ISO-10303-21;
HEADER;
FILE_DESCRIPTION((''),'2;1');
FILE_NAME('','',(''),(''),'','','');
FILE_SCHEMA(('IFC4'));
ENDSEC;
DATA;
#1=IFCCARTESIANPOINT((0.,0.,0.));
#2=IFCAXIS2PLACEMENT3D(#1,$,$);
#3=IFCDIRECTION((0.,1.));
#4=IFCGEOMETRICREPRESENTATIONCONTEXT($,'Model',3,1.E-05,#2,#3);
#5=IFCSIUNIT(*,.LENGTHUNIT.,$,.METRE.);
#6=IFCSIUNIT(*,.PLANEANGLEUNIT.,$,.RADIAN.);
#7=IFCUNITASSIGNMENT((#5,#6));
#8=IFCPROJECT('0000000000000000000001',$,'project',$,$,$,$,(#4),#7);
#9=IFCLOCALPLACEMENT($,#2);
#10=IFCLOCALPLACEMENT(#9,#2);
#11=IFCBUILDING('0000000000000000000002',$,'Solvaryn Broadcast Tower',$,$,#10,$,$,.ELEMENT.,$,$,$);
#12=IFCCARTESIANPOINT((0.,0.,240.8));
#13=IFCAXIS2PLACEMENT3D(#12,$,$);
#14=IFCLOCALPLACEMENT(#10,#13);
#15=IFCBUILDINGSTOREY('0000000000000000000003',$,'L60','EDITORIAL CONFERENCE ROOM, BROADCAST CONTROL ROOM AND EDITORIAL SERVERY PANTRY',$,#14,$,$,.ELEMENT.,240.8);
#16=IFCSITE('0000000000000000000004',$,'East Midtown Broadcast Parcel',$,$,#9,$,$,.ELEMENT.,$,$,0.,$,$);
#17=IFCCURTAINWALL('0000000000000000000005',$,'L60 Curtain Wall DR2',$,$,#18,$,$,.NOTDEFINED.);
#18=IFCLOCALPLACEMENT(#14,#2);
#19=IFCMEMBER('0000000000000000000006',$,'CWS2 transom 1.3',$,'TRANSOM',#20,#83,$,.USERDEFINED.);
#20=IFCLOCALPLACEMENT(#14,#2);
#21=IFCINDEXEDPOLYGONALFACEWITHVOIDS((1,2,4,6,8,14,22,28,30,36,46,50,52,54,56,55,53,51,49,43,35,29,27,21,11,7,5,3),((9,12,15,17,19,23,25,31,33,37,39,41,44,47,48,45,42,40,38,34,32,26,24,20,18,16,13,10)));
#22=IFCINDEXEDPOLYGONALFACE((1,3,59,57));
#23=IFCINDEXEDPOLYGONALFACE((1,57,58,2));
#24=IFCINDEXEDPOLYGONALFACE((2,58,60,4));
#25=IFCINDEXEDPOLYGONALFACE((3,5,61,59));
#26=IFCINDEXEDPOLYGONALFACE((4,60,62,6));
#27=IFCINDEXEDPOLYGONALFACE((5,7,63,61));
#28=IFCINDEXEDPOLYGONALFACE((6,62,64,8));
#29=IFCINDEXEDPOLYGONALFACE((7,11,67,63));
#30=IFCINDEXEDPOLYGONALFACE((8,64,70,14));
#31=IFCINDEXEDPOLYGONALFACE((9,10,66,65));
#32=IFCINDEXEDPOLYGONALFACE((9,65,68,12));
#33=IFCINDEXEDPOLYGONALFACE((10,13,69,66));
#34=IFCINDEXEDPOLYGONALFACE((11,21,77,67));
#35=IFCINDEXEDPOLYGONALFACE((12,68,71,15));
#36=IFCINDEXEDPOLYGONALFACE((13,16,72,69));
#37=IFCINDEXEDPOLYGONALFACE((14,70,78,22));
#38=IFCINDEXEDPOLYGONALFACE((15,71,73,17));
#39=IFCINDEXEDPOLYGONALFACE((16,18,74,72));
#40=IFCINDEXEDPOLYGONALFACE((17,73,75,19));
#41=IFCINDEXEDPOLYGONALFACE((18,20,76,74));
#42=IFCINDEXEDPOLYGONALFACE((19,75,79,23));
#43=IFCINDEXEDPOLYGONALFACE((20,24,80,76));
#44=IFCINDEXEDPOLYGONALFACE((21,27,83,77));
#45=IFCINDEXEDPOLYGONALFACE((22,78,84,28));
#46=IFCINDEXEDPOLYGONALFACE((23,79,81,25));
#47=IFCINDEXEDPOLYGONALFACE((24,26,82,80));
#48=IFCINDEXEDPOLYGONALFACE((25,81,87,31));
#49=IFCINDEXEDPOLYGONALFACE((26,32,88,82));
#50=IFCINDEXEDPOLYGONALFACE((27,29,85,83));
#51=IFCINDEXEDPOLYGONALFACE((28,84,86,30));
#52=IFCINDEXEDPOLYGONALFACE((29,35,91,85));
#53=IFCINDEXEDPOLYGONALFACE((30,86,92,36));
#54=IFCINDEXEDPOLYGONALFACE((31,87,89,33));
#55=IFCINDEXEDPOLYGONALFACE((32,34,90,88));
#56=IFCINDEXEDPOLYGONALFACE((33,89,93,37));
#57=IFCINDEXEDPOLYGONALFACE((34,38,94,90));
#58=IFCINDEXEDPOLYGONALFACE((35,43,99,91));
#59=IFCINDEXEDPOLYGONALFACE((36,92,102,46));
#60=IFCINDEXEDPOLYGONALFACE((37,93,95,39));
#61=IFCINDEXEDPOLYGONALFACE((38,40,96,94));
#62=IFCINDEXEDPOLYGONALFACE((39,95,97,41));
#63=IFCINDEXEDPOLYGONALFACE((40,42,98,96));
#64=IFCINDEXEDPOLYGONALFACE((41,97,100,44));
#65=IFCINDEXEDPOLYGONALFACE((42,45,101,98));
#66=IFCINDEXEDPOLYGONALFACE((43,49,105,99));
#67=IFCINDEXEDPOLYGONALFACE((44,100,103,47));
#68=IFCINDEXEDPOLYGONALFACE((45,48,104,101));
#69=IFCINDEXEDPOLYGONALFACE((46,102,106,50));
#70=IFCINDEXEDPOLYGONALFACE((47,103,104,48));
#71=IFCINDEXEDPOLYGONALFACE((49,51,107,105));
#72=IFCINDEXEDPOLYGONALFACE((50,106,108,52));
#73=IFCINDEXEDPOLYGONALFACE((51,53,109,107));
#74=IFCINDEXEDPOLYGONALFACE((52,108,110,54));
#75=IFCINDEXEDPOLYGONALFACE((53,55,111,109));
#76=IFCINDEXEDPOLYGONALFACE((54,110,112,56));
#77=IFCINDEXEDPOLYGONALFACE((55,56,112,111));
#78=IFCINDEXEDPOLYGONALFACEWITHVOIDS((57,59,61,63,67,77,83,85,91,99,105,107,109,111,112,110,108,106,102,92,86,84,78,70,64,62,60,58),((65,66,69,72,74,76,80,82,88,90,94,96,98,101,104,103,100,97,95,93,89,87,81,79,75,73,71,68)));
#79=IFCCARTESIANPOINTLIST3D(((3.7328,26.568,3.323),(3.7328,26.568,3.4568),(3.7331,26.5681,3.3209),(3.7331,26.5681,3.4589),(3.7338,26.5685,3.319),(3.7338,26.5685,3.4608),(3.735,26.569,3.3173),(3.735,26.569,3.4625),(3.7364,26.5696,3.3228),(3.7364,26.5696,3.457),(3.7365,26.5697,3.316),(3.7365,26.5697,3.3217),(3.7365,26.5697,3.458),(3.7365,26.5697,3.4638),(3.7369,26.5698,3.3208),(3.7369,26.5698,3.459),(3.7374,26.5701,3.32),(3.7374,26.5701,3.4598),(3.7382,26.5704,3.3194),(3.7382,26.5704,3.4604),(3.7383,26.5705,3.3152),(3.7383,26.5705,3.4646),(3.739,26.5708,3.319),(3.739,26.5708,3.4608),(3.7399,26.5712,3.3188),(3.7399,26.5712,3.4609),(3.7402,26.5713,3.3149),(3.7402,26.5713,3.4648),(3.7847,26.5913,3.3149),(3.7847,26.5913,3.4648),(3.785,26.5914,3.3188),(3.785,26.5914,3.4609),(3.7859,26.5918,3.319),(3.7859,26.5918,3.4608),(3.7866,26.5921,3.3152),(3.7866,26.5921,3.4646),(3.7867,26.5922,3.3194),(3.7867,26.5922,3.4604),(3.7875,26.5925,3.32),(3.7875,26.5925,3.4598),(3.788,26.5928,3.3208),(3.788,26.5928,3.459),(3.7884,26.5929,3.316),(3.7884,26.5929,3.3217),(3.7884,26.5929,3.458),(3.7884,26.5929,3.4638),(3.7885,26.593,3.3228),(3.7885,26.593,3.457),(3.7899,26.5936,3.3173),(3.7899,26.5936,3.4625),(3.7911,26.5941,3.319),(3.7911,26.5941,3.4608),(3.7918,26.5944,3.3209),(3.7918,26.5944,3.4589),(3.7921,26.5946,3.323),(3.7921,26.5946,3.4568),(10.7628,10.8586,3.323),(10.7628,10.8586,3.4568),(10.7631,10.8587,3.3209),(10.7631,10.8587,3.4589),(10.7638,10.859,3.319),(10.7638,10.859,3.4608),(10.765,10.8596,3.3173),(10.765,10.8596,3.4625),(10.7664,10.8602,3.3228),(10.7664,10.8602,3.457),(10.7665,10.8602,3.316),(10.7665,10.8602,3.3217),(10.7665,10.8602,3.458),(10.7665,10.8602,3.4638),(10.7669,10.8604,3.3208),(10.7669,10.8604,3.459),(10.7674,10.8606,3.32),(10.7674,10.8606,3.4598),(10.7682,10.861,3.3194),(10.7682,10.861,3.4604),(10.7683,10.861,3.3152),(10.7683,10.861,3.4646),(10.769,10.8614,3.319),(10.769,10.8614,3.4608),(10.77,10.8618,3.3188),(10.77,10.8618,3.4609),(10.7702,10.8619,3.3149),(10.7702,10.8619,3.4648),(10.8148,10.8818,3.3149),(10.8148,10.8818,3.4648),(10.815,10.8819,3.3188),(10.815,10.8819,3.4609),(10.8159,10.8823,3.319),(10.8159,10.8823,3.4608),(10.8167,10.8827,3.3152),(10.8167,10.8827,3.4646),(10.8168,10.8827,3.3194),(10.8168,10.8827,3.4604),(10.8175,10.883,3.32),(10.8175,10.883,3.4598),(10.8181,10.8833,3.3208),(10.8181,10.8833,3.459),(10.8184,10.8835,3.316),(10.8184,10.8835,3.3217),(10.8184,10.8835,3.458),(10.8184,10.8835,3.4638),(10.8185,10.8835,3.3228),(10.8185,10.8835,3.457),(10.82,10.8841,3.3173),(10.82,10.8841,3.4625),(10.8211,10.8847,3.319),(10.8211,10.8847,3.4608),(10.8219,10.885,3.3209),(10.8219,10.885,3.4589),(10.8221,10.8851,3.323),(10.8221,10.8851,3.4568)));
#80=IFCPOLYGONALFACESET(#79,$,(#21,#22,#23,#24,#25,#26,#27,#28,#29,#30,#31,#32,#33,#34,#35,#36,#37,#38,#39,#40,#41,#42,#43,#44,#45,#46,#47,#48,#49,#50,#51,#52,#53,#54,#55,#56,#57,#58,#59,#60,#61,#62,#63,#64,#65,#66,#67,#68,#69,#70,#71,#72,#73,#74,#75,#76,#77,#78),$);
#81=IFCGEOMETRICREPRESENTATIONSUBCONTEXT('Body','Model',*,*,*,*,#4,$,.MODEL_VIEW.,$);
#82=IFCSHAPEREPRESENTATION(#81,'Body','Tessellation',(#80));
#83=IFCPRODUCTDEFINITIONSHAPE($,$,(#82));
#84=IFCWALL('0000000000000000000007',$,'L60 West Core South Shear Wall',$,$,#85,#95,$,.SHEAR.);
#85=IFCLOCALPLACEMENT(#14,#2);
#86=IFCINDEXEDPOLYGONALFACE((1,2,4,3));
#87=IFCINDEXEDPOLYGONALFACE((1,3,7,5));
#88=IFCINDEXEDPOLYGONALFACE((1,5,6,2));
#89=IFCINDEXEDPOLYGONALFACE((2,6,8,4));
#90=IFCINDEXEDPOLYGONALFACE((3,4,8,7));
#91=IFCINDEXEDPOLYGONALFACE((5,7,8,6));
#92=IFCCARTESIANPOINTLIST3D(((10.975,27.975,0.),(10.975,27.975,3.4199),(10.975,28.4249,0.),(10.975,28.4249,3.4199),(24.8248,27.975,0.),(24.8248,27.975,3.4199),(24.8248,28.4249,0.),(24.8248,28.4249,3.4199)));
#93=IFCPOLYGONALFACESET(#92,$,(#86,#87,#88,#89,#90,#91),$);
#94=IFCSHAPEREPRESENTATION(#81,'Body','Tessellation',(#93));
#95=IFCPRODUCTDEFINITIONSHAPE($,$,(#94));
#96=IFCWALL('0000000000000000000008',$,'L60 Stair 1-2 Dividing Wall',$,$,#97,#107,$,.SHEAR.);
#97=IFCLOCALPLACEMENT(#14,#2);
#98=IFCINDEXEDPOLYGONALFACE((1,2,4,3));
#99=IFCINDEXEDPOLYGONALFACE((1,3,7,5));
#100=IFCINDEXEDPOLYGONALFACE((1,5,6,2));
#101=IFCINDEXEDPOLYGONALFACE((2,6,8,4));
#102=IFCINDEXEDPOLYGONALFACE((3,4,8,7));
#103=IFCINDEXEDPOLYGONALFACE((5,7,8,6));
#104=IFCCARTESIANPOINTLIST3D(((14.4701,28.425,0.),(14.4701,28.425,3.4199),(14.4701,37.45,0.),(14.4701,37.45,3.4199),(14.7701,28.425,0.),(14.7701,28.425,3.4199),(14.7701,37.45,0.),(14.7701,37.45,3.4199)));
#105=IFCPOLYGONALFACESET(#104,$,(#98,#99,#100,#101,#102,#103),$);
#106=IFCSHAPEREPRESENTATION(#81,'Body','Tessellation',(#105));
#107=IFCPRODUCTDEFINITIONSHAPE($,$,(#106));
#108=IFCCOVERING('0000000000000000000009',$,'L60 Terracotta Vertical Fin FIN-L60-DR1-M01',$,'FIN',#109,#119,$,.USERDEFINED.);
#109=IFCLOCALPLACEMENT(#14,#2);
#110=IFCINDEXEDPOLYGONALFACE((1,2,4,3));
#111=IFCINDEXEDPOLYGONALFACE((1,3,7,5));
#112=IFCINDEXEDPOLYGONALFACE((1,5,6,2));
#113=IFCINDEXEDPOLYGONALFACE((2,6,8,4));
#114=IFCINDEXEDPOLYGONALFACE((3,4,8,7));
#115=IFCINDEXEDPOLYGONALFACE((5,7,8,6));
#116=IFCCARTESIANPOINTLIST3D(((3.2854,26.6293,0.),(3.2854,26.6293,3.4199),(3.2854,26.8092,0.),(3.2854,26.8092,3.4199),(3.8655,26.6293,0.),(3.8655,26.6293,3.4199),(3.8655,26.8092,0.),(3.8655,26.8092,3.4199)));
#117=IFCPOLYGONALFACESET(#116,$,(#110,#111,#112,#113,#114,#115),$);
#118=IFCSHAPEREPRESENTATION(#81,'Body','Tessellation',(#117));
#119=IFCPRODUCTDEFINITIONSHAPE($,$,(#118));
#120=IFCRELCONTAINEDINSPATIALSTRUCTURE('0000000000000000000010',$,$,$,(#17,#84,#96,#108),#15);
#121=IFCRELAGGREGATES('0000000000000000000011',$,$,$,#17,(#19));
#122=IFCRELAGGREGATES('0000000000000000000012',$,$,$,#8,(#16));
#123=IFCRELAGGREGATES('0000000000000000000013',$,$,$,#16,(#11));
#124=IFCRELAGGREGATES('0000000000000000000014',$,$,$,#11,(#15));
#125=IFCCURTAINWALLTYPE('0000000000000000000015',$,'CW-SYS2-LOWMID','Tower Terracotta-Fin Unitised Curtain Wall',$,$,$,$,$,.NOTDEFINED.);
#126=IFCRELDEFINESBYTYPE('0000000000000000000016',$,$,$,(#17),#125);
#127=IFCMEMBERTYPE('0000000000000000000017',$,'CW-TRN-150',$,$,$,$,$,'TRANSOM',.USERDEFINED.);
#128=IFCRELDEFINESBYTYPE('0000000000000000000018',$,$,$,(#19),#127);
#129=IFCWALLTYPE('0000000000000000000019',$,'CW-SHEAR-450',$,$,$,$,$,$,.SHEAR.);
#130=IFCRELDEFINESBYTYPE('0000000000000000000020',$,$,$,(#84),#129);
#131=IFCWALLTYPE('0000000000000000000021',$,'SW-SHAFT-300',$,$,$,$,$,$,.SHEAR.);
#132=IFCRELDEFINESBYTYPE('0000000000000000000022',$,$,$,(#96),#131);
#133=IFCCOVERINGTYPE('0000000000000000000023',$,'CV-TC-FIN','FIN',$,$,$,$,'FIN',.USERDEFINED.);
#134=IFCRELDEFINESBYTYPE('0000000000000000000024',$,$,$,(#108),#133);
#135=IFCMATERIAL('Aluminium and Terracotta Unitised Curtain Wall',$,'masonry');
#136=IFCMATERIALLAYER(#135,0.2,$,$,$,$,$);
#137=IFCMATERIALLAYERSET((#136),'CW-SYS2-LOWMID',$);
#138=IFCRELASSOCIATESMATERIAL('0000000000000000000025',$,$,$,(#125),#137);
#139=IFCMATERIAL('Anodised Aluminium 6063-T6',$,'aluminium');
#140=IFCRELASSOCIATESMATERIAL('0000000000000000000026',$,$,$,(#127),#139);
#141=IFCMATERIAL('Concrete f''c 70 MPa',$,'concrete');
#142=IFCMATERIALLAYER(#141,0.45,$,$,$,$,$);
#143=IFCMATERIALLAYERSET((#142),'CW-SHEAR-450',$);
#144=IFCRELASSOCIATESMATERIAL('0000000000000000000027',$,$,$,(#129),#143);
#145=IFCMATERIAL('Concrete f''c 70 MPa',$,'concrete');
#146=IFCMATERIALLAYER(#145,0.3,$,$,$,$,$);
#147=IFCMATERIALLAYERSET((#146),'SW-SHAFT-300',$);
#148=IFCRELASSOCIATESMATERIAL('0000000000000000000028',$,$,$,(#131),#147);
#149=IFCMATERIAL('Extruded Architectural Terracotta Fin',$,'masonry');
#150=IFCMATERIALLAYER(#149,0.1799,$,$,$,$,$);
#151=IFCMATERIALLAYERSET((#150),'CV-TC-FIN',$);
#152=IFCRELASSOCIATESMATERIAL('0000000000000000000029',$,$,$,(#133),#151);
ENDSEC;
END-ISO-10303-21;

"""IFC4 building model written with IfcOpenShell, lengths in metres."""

from ifc_helpers import new_model, si_unit, direction, frame, frame_2d, origin, origin_2d, place, context, subcontext, project, spatial, rectangle, hollow_rectangle, extrude, material, layer, layer_set, material_profile, profile_set, type_object, element, aggregate, save


model = new_model("IFC4")

# Units and contexts
model_context = context("Model", 3, precision=1e-05, world=origin(), true_north=direction((0.0, 1.0)))
body_context = subcontext(model_context, "Body", "Model", "MODEL_VIEW")
ifc_project = project(units=[si_unit("LENGTHUNIT", "METRE"), si_unit("PLANEANGLEUNIT", "RADIAN")], contexts=[model_context])

# Site, building, storey
site_placement = place(None, origin())
site = spatial("IfcSite", under=ifc_project, at=site_placement, Name="East Midtown Broadcast Parcel", CompositionType="ELEMENT", RefElevation=0.0)
building_placement = place(site_placement, origin())
building = spatial("IfcBuilding", under=site, at=building_placement, Name="Solvaryn Broadcast Tower", CompositionType="ELEMENT")
storey_placement = place(building_placement, frame((0.0, 0.0, 240.8)))
storey = spatial("IfcBuildingStorey", under=building, at=storey_placement, Name="L60", Description="EDITORIAL CONFERENCE ROOM, BROADCAST CONTROL ROOM AND EDITORIAL SERVERY PANTRY", CompositionType="ELEMENT", Elevation=240.8)

# Shared definitions
ifc_material_1 = material(Name="Aluminium and Terracotta Unitised Curtain Wall", Category="masonry")
ifc_layer_1 = layer(ifc_material_1, 0.2)
ifc_layer_set_1 = layer_set([ifc_layer_1], Name="CW-SYS2-LOWMID")
curtain_wall_type = type_object("IfcCurtainWallType", Name="CW-SYS2-LOWMID", Description="Tower Terracotta-Fin Unitised Curtain Wall", PredefinedType="NOTDEFINED", material=ifc_layer_set_1)

# Curtain wall, member
curtain_wall_1_placement = place(storey_placement, origin())
curtain_wall_1 = element("IfcCurtainWall", 1, at=curtain_wall_1_placement, inside=storey, type_object=curtain_wall_type, Name="L60 Curtain Wall DR2", PredefinedType="NOTDEFINED")
ifc_material_2 = material(Name="Anodised Aluminium 6063-T6", Category="aluminium")
ifc_material_profile_1 = material_profile(ifc_material_2, hollow_rectangle(XDim=0.0649, YDim=0.1499, WallThickness=0.0039, InnerFilletRadius=0.0039, OuterFilletRadius=0.0081, at=origin_2d()))
ifc_profile_set_1 = profile_set([ifc_material_profile_1], Name="Anodised Aluminium 6063-T6")
member_type_1 = type_object("IfcMemberType", Name="CW-TRN-150", ElementType="TRANSOM", PredefinedType="USERDEFINED", material=ifc_profile_set_1)
member_1_placement = place(storey_placement, frame((3.7625, 26.5813, 3.3899), z_axis=(0.408468, -0.912773, 0.0), x_axis=(0.912773, 0.408468, 0.0)))
member_1 = element("IfcMember", 2, at=member_1_placement, type_object=member_type_1, Name="CWS2 transom 1.3", ObjectType="TRANSOM", PredefinedType="USERDEFINED", context=body_context, shape_type="SweptSolid", body=[
    extrude(hollow_rectangle(XDim=0.0649, YDim=0.1499, WallThickness=0.0039, InnerFilletRadius=0.0039, OuterFilletRadius=0.0081, at=origin_2d()), origin(), (0.0, 0.0, 1.0), 17.2107),
])
aggregate(curtain_wall_1, [member_1])

# Wall
ifc_material_3 = material(Name="Concrete f'c 70 MPa", Category="concrete")
ifc_layer_2 = layer(ifc_material_3, 0.45)
ifc_layer_set_2 = layer_set([ifc_layer_2], Name="CW-SHEAR-450")
wall_type_1 = type_object("IfcWallType", Name="CW-SHEAR-450", PredefinedType="SHEAR", material=ifc_layer_set_2)
wall_1_placement = place(storey_placement, frame((10.9751, 28.2, 0.0), z_axis=(0.0, 0.0, 1.0), x_axis=(1.0, 0.0, 0.0)))
element("IfcWall", 3, at=wall_1_placement, inside=storey, type_object=wall_type_1, Name="L60 West Core South Shear Wall", PredefinedType="SHEAR", context=body_context, shape_type="SweptSolid", body=[
    extrude(rectangle(XDim=13.8499, YDim=0.45, at=frame_2d((6.9248, 0.0))), origin(), (0.0, 0.0, 1.0), 3.4199),
])

# Wall
ifc_material_4 = material(Name="Concrete f'c 70 MPa", Category="concrete")
ifc_layer_3 = layer(ifc_material_4, 0.3)
ifc_layer_set_3 = layer_set([ifc_layer_3], Name="SW-SHAFT-300")
wall_type_2 = type_object("IfcWallType", Name="SW-SHAFT-300", PredefinedType="SHEAR", material=ifc_layer_set_3)
wall_2_placement = place(storey_placement, frame((14.6201, 28.425, 0.0), z_axis=(0.0, 0.0, 1.0), x_axis=(0.0, 1.0, 0.0)))
element("IfcWall", 4, at=wall_2_placement, inside=storey, type_object=wall_type_2, Name="L60 Stair 1-2 Dividing Wall", PredefinedType="SHEAR", context=body_context, shape_type="SweptSolid", body=[
    extrude(rectangle(XDim=9.0249, YDim=0.3, at=frame_2d((4.5125, 0.0))), origin(), (0.0, 0.0, 1.0), 3.4199),
])

# Covering
ifc_material_5 = material(Name="Extruded Architectural Terracotta Fin", Category="masonry")
ifc_layer_4 = layer(ifc_material_5, 0.1799)
ifc_layer_set_4 = layer_set([ifc_layer_4], Name="CV-TC-FIN")
covering_type = type_object("IfcCoveringType", Name="CV-TC-FIN", Description="FIN", ElementType="FIN", PredefinedType="USERDEFINED", material=ifc_layer_set_4)
covering_placement = place(storey_placement, frame((3.5754, 26.7192, 0.0), z_axis=(0.0, 0.0, 1.0), x_axis=(1.0, 0.0, 0.0)))
element("IfcCovering", 5, at=covering_placement, inside=storey, type_object=covering_type, Name="L60 Terracotta Vertical Fin FIN-L60-DR1-M01", ObjectType="FIN", PredefinedType="USERDEFINED", context=body_context, shape_type="SweptSolid", body=[
    extrude(rectangle(XDim=0.5801, YDim=0.1799, at=origin_2d()), origin(), (0.0, 0.0, 1.0), 3.4199),
])

save(model, "model.ifc")
